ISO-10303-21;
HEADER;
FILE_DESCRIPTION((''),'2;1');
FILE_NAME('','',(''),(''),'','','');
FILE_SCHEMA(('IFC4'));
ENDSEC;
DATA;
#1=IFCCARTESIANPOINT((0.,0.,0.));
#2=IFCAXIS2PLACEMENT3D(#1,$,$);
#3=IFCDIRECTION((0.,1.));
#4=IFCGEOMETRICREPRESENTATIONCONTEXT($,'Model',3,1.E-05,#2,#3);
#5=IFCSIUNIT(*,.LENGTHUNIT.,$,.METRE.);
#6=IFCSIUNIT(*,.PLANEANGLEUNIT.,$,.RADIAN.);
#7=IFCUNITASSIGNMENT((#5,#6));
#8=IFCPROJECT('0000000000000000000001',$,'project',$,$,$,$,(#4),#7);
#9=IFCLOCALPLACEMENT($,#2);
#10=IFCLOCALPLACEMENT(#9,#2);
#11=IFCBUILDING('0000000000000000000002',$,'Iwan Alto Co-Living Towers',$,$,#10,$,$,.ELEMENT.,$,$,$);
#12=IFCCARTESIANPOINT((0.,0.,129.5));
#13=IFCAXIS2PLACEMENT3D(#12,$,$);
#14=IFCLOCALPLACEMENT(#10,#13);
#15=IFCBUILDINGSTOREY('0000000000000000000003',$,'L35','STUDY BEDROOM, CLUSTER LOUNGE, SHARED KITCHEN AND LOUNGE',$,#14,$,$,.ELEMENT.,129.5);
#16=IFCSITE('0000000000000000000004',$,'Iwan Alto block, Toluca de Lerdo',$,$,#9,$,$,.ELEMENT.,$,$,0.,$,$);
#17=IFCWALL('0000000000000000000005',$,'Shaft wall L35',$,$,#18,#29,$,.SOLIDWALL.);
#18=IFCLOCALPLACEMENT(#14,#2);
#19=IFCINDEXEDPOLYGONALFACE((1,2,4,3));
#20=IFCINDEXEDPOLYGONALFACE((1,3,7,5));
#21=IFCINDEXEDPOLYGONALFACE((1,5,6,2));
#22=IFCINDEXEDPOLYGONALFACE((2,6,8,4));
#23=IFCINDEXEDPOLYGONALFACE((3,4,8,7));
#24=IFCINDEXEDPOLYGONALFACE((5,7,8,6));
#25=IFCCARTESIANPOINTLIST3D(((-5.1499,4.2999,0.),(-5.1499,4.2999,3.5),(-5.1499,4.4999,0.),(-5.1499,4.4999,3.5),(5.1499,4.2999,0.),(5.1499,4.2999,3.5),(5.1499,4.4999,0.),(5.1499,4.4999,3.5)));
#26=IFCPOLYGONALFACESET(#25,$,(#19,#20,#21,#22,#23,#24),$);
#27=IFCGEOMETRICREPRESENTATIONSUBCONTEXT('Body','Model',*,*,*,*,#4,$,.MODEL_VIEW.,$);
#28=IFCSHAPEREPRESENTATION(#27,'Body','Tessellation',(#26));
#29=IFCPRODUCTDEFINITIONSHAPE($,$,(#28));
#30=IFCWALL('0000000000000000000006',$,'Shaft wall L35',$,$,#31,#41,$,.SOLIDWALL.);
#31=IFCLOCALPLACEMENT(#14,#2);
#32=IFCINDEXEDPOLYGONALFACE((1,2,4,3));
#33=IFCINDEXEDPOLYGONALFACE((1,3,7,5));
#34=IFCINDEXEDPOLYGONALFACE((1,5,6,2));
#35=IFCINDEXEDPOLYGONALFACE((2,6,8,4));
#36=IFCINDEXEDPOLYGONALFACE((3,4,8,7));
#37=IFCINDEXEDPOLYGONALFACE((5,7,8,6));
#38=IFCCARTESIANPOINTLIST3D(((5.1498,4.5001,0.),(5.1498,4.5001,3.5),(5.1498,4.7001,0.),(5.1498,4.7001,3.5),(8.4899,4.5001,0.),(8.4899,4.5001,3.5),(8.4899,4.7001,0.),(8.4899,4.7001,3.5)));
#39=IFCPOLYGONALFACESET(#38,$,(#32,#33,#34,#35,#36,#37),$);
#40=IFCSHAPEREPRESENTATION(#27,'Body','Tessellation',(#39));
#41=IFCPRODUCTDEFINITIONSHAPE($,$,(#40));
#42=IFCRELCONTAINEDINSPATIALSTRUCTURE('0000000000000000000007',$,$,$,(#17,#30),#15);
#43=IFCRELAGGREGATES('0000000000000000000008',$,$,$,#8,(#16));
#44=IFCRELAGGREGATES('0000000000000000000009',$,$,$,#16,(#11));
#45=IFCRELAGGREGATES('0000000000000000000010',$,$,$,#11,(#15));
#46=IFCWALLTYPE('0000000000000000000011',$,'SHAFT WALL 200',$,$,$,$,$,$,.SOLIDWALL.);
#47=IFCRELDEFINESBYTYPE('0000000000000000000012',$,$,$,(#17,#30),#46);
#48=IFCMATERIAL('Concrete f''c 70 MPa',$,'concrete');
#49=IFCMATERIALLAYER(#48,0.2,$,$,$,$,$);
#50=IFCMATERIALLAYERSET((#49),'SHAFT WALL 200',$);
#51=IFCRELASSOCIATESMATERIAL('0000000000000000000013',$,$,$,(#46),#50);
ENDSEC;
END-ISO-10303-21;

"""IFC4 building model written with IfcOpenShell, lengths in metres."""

from ifc_helpers import new_model, si_unit, direction, frame, frame_2d, origin, place, context, subcontext, project, spatial, rectangle, extrude, material, layer, layer_set, type_object, element, save


model = new_model("IFC4")

# Units and contexts
model_context = context("Model", 3, precision=1e-05, world=origin(), true_north=direction((0.0, 1.0)))
body_context = subcontext(model_context, "Body", "Model", "MODEL_VIEW")
ifc_project = project(units=[si_unit("LENGTHUNIT", "METRE"), si_unit("PLANEANGLEUNIT", "RADIAN")], contexts=[model_context])

# Site, building, storey
site_placement = place(None, origin())
site = spatial("IfcSite", under=ifc_project, at=site_placement, Name="Iwan Alto block, Toluca de Lerdo", CompositionType="ELEMENT", RefElevation=0.0)
building_placement = place(site_placement, origin())
building = spatial("IfcBuilding", under=site, at=building_placement, Name="Iwan Alto Co-Living Towers", CompositionType="ELEMENT")
storey_placement = place(building_placement, frame((0.0, 0.0, 129.5)))
storey = spatial("IfcBuildingStorey", under=building, at=storey_placement, Name="L35", Description="STUDY BEDROOM, CLUSTER LOUNGE, SHARED KITCHEN AND LOUNGE", CompositionType="ELEMENT", Elevation=129.5)

# Shared definitions
ifc_material_1 = material(Name="Concrete f'c 70 MPa", Category="concrete")
ifc_layer_1 = layer(ifc_material_1, 0.2)
ifc_layer_set_1 = layer_set([ifc_layer_1], Name="SHAFT WALL 200")
wall_type_1 = type_object("IfcWallType", Name="SHAFT WALL 200", PredefinedType="SOLIDWALL", material=ifc_layer_set_1)

# Walls
wall_1_placement = place(storey_placement, frame((-5.1499, 4.3999, 0.0), z_axis=(0.0, 0.0, 1.0), x_axis=(1.0, 0.0, 0.0)))
element("IfcWall", 1, at=wall_1_placement, inside=storey, type_object=wall_type_1, Name="Shaft wall L35", PredefinedType="SOLIDWALL", context=body_context, shape_type="SweptSolid", body=[
    extrude(rectangle(XDim=10.2998, YDim=0.2, at=frame_2d((5.1499, 0.0))), origin(), (0.0, 0.0, 1.0), 3.5),
])
wall_2_placement = place(storey_placement, frame((5.1499, 4.6001, 0.0), z_axis=(0.0, 0.0, 1.0), x_axis=(1.0, 0.0, 0.0)))
element("IfcWall", 2, at=wall_2_placement, inside=storey, type_object=wall_type_1, Name="Shaft wall L35", PredefinedType="SOLIDWALL", context=body_context, shape_type="SweptSolid", body=[
    extrude(rectangle(XDim=3.3401, YDim=0.2, at=frame_2d((1.6699, 0.0))), origin(), (0.0, 0.0, 1.0), 3.5),
])

save(model, "model.ifc")
